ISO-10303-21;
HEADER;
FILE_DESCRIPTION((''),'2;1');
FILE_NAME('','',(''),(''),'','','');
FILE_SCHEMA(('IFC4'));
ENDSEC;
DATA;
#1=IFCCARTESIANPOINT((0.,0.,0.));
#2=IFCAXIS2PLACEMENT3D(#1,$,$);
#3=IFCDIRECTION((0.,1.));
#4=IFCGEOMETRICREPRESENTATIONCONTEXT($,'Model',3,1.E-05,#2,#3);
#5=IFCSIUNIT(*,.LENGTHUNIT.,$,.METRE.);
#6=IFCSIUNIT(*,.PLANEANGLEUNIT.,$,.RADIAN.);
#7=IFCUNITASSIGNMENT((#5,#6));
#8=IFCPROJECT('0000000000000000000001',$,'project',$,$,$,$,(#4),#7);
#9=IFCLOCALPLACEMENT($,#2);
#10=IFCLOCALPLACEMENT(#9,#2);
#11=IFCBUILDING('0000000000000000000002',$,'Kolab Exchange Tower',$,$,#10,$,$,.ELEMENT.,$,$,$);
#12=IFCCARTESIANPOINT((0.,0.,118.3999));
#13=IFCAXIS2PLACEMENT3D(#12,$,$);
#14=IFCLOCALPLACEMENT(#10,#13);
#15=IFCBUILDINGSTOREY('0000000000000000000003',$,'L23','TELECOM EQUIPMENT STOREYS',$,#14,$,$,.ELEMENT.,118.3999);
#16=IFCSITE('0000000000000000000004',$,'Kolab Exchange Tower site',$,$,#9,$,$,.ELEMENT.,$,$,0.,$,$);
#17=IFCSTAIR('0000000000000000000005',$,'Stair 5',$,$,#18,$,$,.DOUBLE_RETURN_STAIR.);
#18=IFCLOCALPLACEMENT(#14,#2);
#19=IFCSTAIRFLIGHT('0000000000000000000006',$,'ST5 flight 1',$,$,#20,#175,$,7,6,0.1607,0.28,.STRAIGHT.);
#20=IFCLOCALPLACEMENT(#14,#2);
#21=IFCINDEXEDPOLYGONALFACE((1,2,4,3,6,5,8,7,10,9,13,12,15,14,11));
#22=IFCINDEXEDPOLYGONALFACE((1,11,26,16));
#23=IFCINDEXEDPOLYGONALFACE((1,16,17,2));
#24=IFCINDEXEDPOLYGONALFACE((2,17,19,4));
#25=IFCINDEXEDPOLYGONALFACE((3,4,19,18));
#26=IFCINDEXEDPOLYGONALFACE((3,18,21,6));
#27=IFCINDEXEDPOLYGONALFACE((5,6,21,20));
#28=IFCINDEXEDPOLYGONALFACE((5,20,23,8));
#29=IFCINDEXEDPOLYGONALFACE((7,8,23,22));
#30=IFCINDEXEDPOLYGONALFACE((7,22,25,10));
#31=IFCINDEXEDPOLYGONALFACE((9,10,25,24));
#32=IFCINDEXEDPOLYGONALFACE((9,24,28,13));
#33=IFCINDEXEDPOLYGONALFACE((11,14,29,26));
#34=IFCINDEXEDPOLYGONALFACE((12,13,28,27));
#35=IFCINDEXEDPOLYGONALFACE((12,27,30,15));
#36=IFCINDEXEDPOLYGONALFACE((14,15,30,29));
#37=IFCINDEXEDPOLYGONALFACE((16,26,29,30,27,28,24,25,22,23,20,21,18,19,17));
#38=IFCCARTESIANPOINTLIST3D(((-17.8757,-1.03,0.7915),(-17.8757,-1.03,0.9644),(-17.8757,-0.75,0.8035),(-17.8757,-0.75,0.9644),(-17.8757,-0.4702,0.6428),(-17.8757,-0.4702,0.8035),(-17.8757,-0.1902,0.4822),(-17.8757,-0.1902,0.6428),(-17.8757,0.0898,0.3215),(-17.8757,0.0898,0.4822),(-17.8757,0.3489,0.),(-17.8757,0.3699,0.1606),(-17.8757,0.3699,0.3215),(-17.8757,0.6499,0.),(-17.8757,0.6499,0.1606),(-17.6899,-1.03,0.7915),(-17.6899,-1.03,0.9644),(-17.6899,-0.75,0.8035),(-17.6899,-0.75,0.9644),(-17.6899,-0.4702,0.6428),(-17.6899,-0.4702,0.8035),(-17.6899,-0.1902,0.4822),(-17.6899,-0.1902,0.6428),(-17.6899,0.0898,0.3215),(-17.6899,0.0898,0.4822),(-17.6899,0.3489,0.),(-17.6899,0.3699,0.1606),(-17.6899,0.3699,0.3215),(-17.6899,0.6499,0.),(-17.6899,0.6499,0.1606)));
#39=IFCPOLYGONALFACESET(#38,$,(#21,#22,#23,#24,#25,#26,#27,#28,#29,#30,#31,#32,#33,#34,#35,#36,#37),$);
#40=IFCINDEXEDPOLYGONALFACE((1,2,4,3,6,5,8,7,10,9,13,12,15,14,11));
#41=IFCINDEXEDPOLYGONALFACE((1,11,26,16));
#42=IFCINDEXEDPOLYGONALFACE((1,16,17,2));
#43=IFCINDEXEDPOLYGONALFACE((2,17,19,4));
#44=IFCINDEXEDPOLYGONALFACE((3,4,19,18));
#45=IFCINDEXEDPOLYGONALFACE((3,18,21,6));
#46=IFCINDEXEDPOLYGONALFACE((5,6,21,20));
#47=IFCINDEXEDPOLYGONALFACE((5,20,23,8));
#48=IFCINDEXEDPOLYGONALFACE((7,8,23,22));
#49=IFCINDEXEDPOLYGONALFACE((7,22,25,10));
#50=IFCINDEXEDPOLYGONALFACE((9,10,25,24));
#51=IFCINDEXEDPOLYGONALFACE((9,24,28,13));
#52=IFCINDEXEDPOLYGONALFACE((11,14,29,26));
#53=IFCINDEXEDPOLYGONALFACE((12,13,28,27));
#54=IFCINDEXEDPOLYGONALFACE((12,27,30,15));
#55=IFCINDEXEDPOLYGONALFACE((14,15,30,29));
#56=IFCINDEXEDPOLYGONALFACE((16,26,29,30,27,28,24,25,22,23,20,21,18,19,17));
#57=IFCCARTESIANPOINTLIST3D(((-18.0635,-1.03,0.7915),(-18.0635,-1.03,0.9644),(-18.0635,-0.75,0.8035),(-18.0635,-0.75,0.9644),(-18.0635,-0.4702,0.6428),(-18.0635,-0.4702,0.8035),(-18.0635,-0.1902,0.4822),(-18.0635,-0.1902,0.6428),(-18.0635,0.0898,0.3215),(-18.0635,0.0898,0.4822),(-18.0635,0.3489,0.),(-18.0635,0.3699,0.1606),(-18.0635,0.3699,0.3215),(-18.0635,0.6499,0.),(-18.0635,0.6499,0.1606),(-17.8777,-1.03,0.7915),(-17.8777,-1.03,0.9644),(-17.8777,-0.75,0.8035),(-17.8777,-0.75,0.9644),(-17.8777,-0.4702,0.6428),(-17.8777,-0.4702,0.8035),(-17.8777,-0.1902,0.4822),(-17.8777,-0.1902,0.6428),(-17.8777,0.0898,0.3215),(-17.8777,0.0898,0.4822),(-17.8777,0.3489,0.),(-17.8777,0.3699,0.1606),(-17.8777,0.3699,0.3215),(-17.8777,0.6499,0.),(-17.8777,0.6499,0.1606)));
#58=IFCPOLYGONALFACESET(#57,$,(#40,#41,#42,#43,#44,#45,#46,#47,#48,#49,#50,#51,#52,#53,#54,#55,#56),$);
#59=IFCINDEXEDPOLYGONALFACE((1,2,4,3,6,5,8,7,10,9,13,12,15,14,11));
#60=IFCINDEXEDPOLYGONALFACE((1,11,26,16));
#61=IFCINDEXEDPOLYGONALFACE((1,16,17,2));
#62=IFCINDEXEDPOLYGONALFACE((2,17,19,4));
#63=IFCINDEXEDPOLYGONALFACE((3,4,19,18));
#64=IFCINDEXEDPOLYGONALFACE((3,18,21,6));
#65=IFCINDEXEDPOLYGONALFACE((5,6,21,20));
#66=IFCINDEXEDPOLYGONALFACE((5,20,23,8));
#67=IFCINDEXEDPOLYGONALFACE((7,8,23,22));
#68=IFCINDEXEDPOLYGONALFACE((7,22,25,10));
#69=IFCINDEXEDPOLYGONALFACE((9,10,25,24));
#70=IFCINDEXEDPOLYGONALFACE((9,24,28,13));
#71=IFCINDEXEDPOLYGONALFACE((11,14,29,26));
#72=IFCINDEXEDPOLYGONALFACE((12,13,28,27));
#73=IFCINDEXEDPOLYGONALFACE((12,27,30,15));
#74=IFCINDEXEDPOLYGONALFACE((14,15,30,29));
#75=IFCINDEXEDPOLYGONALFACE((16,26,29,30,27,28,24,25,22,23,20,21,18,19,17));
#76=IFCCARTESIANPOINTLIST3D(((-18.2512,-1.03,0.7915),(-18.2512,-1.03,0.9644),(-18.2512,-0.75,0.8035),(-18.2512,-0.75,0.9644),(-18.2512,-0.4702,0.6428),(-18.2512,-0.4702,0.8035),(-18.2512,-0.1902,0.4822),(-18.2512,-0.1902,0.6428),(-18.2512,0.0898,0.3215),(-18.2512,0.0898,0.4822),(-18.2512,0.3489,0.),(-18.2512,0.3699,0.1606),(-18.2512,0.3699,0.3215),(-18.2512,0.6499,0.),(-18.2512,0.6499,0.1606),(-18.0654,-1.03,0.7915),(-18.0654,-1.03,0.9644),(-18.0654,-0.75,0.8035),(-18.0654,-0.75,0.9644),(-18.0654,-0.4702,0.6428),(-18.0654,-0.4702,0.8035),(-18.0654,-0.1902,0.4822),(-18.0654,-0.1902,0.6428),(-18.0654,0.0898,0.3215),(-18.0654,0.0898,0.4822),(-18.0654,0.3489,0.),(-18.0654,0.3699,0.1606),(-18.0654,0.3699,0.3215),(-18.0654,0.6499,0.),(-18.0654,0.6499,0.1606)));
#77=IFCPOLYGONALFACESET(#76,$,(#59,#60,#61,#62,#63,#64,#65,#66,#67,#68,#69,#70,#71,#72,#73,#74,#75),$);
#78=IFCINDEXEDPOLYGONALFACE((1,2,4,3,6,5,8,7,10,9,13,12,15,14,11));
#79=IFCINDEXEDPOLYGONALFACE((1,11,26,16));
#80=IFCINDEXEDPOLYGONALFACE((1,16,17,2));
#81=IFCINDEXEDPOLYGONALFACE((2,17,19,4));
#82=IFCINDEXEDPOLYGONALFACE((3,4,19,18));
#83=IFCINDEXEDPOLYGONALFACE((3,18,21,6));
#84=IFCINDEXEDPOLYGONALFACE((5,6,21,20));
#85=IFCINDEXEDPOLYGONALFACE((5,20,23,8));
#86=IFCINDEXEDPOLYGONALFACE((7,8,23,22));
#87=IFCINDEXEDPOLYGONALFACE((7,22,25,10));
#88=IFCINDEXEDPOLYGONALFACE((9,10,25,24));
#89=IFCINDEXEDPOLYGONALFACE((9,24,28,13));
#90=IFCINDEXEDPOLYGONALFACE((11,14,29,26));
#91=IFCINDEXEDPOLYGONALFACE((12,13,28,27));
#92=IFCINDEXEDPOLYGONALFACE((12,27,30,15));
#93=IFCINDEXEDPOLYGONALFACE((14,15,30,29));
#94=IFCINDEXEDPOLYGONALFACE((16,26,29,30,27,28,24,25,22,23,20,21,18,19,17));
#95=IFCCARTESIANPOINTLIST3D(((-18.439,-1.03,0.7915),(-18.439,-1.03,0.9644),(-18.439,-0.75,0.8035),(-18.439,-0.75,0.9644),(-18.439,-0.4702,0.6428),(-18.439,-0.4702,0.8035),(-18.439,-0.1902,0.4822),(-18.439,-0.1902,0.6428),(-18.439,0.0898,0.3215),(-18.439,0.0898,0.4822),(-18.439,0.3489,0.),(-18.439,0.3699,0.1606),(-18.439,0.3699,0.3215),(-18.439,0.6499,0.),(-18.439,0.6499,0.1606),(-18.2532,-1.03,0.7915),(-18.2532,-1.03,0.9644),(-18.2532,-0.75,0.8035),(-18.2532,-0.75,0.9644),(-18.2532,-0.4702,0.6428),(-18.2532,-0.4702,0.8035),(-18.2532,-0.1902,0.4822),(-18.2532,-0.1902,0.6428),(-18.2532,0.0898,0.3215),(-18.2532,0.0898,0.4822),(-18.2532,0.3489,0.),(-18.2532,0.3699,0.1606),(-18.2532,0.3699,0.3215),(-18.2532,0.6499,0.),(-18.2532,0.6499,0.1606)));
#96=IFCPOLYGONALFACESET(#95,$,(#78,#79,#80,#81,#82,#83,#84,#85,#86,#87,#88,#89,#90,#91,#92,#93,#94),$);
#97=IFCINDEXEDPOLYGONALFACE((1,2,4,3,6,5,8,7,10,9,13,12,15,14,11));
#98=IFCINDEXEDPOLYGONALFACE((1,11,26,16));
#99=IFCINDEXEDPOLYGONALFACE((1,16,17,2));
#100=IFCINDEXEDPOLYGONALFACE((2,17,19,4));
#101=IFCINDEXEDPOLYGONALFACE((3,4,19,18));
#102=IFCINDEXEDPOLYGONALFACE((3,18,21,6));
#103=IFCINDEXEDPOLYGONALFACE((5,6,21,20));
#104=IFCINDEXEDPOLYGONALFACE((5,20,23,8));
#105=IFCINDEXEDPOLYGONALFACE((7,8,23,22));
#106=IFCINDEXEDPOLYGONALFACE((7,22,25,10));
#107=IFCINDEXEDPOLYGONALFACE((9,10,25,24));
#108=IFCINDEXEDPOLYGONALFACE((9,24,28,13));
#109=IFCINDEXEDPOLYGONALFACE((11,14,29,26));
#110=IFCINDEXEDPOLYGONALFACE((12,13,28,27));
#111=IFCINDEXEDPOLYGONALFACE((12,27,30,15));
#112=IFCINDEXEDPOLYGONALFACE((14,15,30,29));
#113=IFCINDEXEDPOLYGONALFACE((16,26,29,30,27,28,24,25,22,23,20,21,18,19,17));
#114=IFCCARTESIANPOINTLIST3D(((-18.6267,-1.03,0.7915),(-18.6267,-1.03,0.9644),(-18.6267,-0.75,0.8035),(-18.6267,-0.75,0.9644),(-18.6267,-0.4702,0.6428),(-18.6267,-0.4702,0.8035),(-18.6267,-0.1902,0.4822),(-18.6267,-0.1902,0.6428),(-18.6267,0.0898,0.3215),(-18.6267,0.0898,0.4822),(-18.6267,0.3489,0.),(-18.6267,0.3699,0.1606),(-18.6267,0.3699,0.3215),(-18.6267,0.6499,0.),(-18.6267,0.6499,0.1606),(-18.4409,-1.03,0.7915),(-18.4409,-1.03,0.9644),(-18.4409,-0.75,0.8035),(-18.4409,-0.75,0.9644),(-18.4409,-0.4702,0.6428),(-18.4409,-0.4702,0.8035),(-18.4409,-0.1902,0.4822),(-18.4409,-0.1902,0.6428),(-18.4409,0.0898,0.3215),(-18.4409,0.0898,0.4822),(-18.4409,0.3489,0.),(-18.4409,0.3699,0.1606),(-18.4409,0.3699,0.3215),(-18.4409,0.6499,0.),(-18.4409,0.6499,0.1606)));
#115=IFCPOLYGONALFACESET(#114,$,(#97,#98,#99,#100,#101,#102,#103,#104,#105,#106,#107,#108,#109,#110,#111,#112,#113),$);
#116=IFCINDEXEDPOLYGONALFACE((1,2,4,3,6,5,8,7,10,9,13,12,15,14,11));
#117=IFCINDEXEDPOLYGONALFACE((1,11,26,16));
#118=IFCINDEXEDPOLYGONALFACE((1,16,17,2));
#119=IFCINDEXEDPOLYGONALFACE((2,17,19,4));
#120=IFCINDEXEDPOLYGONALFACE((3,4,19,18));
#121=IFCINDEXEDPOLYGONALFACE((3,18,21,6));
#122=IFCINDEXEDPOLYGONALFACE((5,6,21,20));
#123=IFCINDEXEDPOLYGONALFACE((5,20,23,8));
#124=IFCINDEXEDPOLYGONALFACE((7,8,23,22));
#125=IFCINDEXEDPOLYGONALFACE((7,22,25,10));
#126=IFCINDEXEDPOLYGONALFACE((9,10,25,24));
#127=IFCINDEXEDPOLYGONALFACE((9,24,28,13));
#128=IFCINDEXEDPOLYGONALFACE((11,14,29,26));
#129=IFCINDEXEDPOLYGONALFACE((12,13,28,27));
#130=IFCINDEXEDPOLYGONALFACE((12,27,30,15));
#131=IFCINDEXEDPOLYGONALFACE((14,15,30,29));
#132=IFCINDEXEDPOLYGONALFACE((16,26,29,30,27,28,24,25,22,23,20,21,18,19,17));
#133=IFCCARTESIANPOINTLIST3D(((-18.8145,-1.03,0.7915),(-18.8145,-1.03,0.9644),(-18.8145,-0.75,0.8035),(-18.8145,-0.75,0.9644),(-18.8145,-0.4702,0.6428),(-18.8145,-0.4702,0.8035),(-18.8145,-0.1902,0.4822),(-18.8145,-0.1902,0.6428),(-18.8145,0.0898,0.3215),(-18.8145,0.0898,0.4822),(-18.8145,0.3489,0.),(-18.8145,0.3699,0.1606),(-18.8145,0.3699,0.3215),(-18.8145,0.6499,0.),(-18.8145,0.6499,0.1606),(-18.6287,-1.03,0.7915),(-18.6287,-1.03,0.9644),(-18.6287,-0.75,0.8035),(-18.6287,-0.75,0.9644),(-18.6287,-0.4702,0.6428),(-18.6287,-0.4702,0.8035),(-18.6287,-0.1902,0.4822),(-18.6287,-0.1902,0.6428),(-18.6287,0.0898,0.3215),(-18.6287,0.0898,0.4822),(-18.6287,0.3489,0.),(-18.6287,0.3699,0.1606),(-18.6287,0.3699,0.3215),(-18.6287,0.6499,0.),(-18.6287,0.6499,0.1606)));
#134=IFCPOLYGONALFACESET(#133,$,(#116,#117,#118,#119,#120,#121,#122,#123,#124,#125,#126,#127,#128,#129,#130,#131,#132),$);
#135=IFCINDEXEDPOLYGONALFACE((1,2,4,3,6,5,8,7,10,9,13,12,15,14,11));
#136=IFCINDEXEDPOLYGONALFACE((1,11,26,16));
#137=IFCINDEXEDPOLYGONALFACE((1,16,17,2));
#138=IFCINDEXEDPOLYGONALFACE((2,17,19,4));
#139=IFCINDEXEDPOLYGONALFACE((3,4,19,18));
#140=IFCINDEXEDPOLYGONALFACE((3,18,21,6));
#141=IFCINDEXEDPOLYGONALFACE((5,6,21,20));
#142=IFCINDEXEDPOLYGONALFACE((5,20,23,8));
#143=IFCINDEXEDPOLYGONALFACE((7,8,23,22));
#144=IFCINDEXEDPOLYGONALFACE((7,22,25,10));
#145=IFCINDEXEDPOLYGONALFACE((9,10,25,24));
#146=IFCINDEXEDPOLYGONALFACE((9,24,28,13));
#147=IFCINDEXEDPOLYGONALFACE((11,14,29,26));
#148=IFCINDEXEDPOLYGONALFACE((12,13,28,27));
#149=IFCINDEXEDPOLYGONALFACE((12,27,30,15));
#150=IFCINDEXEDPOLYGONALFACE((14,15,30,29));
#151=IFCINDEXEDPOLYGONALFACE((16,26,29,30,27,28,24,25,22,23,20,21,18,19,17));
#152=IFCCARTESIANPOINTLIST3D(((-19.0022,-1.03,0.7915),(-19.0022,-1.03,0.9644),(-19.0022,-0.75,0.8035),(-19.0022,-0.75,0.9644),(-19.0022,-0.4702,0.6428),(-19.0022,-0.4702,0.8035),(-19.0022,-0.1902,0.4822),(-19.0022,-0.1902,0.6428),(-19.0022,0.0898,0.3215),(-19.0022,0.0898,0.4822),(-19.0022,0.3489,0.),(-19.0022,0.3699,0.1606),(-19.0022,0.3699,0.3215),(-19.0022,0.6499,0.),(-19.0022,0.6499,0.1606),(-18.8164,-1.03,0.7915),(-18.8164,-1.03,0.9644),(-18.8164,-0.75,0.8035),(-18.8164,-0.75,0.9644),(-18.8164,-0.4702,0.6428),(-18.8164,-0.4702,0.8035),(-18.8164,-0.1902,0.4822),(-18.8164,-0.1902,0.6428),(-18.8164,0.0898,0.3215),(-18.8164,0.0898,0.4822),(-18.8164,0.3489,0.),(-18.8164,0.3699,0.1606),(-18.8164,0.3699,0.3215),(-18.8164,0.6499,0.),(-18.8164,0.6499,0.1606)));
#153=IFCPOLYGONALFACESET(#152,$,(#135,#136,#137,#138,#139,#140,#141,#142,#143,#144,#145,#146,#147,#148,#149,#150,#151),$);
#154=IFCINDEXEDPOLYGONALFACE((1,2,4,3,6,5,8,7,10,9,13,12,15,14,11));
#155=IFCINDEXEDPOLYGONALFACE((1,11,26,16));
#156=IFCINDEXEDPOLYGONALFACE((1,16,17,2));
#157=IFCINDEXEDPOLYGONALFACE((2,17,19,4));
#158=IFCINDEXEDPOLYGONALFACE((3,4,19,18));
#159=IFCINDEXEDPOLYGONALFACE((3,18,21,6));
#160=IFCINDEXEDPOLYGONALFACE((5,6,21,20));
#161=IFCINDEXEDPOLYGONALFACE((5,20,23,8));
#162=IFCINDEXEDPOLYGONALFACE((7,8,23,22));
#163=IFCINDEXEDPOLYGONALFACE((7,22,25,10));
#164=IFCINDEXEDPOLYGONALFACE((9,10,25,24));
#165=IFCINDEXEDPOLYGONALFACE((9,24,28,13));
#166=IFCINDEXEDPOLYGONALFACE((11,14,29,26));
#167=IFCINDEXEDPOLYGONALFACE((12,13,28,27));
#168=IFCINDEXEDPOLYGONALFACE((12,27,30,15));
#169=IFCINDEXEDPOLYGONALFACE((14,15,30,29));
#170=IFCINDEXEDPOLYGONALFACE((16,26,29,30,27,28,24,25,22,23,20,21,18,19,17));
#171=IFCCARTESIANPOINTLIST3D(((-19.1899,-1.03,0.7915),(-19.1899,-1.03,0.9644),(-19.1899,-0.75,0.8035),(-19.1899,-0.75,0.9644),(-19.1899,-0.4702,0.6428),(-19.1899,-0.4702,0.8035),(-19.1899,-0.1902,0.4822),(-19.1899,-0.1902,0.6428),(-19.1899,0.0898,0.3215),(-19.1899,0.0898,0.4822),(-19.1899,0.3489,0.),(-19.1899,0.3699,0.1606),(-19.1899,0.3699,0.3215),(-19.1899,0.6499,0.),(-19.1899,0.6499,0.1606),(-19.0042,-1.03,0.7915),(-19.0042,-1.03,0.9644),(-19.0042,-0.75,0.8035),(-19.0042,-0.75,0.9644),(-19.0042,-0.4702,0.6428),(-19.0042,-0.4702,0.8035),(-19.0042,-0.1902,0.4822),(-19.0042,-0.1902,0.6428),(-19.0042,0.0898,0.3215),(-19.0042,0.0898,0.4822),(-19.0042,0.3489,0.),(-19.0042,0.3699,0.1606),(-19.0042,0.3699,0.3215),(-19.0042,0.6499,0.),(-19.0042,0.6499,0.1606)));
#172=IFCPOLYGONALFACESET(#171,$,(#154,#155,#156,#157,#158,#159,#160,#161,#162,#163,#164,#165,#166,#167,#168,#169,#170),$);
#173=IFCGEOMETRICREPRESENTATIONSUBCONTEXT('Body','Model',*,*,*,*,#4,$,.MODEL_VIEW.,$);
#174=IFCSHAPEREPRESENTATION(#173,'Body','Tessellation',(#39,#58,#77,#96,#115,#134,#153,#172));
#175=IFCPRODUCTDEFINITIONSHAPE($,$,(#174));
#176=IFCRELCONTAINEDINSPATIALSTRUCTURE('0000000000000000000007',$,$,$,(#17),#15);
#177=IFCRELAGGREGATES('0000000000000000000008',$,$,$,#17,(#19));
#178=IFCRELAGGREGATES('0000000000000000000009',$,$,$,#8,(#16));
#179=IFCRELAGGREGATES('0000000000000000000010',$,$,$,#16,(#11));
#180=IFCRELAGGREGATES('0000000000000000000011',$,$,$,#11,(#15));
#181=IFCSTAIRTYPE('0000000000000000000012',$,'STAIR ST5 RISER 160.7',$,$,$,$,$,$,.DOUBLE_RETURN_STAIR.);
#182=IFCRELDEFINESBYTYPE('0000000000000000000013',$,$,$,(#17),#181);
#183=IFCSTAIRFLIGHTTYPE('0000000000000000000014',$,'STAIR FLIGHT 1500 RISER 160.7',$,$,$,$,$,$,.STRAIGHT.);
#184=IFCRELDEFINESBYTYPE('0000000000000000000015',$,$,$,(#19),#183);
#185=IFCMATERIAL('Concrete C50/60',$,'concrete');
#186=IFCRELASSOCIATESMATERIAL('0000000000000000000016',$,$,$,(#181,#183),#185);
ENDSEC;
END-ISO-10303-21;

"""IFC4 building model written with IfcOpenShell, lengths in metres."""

from ifc_helpers import new_model, si_unit, direction, frame, origin, place, context, subcontext, project, spatial, polyline, outline, extrude, material, type_object, element, aggregate, save


model = new_model("IFC4")

# Units and contexts
model_context = context("Model", 3, precision=1e-05, world=origin(), true_north=direction((0.0, 1.0)))
body_context = subcontext(model_context, "Body", "Model", "MODEL_VIEW")
ifc_project = project(units=[si_unit("LENGTHUNIT", "METRE"), si_unit("PLANEANGLEUNIT", "RADIAN")], contexts=[model_context])

# Site, building, storey
site_placement = place(None, origin())
site = spatial("IfcSite", under=ifc_project, at=site_placement, Name="Kolab Exchange Tower site", CompositionType="ELEMENT", RefElevation=0.0)
building_placement = place(site_placement, origin())
building = spatial("IfcBuilding", under=site, at=building_placement, Name="Kolab Exchange Tower", CompositionType="ELEMENT")
storey_placement = place(building_placement, frame((0.0, 0.0, 118.3999)))
storey = spatial("IfcBuildingStorey", under=building, at=storey_placement, Name="L23", Description="TELECOM EQUIPMENT STOREYS", CompositionType="ELEMENT", Elevation=118.3999)

# Shared definitions
ifc_material_1 = material(Name="Concrete C50/60", Category="concrete")

# Stair, stair flight
stair_type = type_object("IfcStairType", Name="STAIR ST5 RISER 160.7", PredefinedType="DOUBLE_RETURN_STAIR", material=ifc_material_1)
stair_placement = place(storey_placement, origin())
stair = element("IfcStair", 1, at=stair_placement, inside=storey, type_object=stair_type, Name="Stair 5", PredefinedType="DOUBLE_RETURN_STAIR")
stair_flight_type = type_object("IfcStairFlightType", Name="STAIR FLIGHT 1500 RISER 160.7", PredefinedType="STRAIGHT", material=ifc_material_1)
stair_flight_1_placement = place(storey_placement, frame((-18.4399, 0.6499, 0.0), z_axis=(0.0, 0.0, 1.0), x_axis=(0.0, -1.0, 0.0)))
stair_flight_1 = element("IfcStairFlight", 2, at=stair_flight_1_placement, type_object=stair_flight_type, Name="ST5 flight 1", NumberOfRisers=7, NumberOfTreads=6, PredefinedType="STRAIGHT", RiserHeight=0.1607, TreadLength=0.28, context=body_context, shape_type="SweptSolid", body=[
    extrude(outline(polyline([(0.0, 0.0), (0.0, 0.1606), (0.28, 0.1606), (0.28, 0.3215), (0.5601, 0.3215), (0.5601, 0.4822), (0.8401, 0.4822), (0.8401, 0.6428), (1.1201, 0.6428), (1.1201, 0.8035), (1.3999, 0.8035), (1.3999, 0.9644), (1.6799, 0.9644), (1.6799, 1.125), (1.6799, 0.7915), (0.301, 0.0), (0.0, 0.0)])), frame((0.0, 0.75, 0.0), z_axis=(0.0, -1.0, 0.0), x_axis=(1.0, 0.0, 0.0)), (0.0, 0.0, 1.0), 0.1858),
    extrude(outline(polyline([(0.0, 0.0), (0.0, 0.1606), (0.28, 0.1606), (0.28, 0.3215), (0.5601, 0.3215), (0.5601, 0.4822), (0.8401, 0.4822), (0.8401, 0.6428), (1.1201, 0.6428), (1.1201, 0.8035), (1.3999, 0.8035), (1.3999, 0.9644), (1.6799, 0.9644), (1.6799, 1.125), (1.6799, 0.7915), (0.301, 0.0), (0.0, 0.0)])), frame((0.0, 0.5623, 0.0), z_axis=(0.0, -1.0, 0.0), x_axis=(1.0, 0.0, 0.0)), (0.0, 0.0, 1.0), 0.1858),
    extrude(outline(polyline([(0.0, 0.0), (0.0, 0.1606), (0.28, 0.1606), (0.28, 0.3215), (0.5601, 0.3215), (0.5601, 0.4822), (0.8401, 0.4822), (0.8401, 0.6428), (1.1201, 0.6428), (1.1201, 0.8035), (1.3999, 0.8035), (1.3999, 0.9644), (1.6799, 0.9644), (1.6799, 1.125), (1.6799, 0.7915), (0.301, 0.0), (0.0, 0.0)])), frame((0.0, 0.3745, 0.0), z_axis=(0.0, -1.0, 0.0), x_axis=(1.0, 0.0, 0.0)), (0.0, 0.0, 1.0), 0.1858),
    extrude(outline(polyline([(0.0, 0.0), (0.0, 0.1606), (0.28, 0.1606), (0.28, 0.3215), (0.5601, 0.3215), (0.5601, 0.4822), (0.8401, 0.4822), (0.8401, 0.6428), (1.1201, 0.6428), (1.1201, 0.8035), (1.3999, 0.8035), (1.3999, 0.9644), (1.6799, 0.9644), (1.6799, 1.125), (1.6799, 0.7915), (0.301, 0.0), (0.0, 0.0)])), frame((0.0, 0.1868, 0.0), z_axis=(0.0, -1.0, 0.0), x_axis=(1.0, 0.0, 0.0)), (0.0, 0.0, 1.0), 0.1858),
    extrude(outline(polyline([(0.0, 0.0), (0.0, 0.1606), (0.28, 0.1606), (0.28, 0.3215), (0.5601, 0.3215), (0.5601, 0.4822), (0.8401, 0.4822), (0.8401, 0.6428), (1.1201, 0.6428), (1.1201, 0.8035), (1.3999, 0.8035), (1.3999, 0.9644), (1.6799, 0.9644), (1.6799, 1.125), (1.6799, 0.7915), (0.301, 0.0), (0.0, 0.0)])), frame((0.0, -0.001, 0.0), z_axis=(0.0, -1.0, 0.0), x_axis=(1.0, 0.0, 0.0)), (0.0, 0.0, 1.0), 0.1858),
    extrude(outline(polyline([(0.0, 0.0), (0.0, 0.1606), (0.28, 0.1606), (0.28, 0.3215), (0.5601, 0.3215), (0.5601, 0.4822), (0.8401, 0.4822), (0.8401, 0.6428), (1.1201, 0.6428), (1.1201, 0.8035), (1.3999, 0.8035), (1.3999, 0.9644), (1.6799, 0.9644), (1.6799, 1.125), (1.6799, 0.7915), (0.301, 0.0), (0.0, 0.0)])), frame((0.0, -0.1887, 0.0), z_axis=(0.0, -1.0, 0.0), x_axis=(1.0, 0.0, 0.0)), (0.0, 0.0, 1.0), 0.1858),
    extrude(outline(polyline([(0.0, 0.0), (0.0, 0.1606), (0.28, 0.1606), (0.28, 0.3215), (0.5601, 0.3215), (0.5601, 0.4822), (0.8401, 0.4822), (0.8401, 0.6428), (1.1201, 0.6428), (1.1201, 0.8035), (1.3999, 0.8035), (1.3999, 0.9644), (1.6799, 0.9644), (1.6799, 1.125), (1.6799, 0.7915), (0.301, 0.0), (0.0, 0.0)])), frame((0.0, -0.3765, 0.0), z_axis=(0.0, -1.0, 0.0), x_axis=(1.0, 0.0, 0.0)), (0.0, 0.0, 1.0), 0.1858),
    extrude(outline(polyline([(0.0, 0.0), (0.0, 0.1606), (0.28, 0.1606), (0.28, 0.3215), (0.5601, 0.3215), (0.5601, 0.4822), (0.8401, 0.4822), (0.8401, 0.6428), (1.1201, 0.6428), (1.1201, 0.8035), (1.3999, 0.8035), (1.3999, 0.9644), (1.6799, 0.9644), (1.6799, 1.125), (1.6799, 0.7915), (0.301, 0.0), (0.0, 0.0)])), frame((0.0, -0.5642, 0.0), z_axis=(0.0, -1.0, 0.0), x_axis=(1.0, 0.0, 0.0)), (0.0, 0.0, 1.0), 0.1858),
])
aggregate(stair, [stair_flight_1])

save(model, "model.ifc")
